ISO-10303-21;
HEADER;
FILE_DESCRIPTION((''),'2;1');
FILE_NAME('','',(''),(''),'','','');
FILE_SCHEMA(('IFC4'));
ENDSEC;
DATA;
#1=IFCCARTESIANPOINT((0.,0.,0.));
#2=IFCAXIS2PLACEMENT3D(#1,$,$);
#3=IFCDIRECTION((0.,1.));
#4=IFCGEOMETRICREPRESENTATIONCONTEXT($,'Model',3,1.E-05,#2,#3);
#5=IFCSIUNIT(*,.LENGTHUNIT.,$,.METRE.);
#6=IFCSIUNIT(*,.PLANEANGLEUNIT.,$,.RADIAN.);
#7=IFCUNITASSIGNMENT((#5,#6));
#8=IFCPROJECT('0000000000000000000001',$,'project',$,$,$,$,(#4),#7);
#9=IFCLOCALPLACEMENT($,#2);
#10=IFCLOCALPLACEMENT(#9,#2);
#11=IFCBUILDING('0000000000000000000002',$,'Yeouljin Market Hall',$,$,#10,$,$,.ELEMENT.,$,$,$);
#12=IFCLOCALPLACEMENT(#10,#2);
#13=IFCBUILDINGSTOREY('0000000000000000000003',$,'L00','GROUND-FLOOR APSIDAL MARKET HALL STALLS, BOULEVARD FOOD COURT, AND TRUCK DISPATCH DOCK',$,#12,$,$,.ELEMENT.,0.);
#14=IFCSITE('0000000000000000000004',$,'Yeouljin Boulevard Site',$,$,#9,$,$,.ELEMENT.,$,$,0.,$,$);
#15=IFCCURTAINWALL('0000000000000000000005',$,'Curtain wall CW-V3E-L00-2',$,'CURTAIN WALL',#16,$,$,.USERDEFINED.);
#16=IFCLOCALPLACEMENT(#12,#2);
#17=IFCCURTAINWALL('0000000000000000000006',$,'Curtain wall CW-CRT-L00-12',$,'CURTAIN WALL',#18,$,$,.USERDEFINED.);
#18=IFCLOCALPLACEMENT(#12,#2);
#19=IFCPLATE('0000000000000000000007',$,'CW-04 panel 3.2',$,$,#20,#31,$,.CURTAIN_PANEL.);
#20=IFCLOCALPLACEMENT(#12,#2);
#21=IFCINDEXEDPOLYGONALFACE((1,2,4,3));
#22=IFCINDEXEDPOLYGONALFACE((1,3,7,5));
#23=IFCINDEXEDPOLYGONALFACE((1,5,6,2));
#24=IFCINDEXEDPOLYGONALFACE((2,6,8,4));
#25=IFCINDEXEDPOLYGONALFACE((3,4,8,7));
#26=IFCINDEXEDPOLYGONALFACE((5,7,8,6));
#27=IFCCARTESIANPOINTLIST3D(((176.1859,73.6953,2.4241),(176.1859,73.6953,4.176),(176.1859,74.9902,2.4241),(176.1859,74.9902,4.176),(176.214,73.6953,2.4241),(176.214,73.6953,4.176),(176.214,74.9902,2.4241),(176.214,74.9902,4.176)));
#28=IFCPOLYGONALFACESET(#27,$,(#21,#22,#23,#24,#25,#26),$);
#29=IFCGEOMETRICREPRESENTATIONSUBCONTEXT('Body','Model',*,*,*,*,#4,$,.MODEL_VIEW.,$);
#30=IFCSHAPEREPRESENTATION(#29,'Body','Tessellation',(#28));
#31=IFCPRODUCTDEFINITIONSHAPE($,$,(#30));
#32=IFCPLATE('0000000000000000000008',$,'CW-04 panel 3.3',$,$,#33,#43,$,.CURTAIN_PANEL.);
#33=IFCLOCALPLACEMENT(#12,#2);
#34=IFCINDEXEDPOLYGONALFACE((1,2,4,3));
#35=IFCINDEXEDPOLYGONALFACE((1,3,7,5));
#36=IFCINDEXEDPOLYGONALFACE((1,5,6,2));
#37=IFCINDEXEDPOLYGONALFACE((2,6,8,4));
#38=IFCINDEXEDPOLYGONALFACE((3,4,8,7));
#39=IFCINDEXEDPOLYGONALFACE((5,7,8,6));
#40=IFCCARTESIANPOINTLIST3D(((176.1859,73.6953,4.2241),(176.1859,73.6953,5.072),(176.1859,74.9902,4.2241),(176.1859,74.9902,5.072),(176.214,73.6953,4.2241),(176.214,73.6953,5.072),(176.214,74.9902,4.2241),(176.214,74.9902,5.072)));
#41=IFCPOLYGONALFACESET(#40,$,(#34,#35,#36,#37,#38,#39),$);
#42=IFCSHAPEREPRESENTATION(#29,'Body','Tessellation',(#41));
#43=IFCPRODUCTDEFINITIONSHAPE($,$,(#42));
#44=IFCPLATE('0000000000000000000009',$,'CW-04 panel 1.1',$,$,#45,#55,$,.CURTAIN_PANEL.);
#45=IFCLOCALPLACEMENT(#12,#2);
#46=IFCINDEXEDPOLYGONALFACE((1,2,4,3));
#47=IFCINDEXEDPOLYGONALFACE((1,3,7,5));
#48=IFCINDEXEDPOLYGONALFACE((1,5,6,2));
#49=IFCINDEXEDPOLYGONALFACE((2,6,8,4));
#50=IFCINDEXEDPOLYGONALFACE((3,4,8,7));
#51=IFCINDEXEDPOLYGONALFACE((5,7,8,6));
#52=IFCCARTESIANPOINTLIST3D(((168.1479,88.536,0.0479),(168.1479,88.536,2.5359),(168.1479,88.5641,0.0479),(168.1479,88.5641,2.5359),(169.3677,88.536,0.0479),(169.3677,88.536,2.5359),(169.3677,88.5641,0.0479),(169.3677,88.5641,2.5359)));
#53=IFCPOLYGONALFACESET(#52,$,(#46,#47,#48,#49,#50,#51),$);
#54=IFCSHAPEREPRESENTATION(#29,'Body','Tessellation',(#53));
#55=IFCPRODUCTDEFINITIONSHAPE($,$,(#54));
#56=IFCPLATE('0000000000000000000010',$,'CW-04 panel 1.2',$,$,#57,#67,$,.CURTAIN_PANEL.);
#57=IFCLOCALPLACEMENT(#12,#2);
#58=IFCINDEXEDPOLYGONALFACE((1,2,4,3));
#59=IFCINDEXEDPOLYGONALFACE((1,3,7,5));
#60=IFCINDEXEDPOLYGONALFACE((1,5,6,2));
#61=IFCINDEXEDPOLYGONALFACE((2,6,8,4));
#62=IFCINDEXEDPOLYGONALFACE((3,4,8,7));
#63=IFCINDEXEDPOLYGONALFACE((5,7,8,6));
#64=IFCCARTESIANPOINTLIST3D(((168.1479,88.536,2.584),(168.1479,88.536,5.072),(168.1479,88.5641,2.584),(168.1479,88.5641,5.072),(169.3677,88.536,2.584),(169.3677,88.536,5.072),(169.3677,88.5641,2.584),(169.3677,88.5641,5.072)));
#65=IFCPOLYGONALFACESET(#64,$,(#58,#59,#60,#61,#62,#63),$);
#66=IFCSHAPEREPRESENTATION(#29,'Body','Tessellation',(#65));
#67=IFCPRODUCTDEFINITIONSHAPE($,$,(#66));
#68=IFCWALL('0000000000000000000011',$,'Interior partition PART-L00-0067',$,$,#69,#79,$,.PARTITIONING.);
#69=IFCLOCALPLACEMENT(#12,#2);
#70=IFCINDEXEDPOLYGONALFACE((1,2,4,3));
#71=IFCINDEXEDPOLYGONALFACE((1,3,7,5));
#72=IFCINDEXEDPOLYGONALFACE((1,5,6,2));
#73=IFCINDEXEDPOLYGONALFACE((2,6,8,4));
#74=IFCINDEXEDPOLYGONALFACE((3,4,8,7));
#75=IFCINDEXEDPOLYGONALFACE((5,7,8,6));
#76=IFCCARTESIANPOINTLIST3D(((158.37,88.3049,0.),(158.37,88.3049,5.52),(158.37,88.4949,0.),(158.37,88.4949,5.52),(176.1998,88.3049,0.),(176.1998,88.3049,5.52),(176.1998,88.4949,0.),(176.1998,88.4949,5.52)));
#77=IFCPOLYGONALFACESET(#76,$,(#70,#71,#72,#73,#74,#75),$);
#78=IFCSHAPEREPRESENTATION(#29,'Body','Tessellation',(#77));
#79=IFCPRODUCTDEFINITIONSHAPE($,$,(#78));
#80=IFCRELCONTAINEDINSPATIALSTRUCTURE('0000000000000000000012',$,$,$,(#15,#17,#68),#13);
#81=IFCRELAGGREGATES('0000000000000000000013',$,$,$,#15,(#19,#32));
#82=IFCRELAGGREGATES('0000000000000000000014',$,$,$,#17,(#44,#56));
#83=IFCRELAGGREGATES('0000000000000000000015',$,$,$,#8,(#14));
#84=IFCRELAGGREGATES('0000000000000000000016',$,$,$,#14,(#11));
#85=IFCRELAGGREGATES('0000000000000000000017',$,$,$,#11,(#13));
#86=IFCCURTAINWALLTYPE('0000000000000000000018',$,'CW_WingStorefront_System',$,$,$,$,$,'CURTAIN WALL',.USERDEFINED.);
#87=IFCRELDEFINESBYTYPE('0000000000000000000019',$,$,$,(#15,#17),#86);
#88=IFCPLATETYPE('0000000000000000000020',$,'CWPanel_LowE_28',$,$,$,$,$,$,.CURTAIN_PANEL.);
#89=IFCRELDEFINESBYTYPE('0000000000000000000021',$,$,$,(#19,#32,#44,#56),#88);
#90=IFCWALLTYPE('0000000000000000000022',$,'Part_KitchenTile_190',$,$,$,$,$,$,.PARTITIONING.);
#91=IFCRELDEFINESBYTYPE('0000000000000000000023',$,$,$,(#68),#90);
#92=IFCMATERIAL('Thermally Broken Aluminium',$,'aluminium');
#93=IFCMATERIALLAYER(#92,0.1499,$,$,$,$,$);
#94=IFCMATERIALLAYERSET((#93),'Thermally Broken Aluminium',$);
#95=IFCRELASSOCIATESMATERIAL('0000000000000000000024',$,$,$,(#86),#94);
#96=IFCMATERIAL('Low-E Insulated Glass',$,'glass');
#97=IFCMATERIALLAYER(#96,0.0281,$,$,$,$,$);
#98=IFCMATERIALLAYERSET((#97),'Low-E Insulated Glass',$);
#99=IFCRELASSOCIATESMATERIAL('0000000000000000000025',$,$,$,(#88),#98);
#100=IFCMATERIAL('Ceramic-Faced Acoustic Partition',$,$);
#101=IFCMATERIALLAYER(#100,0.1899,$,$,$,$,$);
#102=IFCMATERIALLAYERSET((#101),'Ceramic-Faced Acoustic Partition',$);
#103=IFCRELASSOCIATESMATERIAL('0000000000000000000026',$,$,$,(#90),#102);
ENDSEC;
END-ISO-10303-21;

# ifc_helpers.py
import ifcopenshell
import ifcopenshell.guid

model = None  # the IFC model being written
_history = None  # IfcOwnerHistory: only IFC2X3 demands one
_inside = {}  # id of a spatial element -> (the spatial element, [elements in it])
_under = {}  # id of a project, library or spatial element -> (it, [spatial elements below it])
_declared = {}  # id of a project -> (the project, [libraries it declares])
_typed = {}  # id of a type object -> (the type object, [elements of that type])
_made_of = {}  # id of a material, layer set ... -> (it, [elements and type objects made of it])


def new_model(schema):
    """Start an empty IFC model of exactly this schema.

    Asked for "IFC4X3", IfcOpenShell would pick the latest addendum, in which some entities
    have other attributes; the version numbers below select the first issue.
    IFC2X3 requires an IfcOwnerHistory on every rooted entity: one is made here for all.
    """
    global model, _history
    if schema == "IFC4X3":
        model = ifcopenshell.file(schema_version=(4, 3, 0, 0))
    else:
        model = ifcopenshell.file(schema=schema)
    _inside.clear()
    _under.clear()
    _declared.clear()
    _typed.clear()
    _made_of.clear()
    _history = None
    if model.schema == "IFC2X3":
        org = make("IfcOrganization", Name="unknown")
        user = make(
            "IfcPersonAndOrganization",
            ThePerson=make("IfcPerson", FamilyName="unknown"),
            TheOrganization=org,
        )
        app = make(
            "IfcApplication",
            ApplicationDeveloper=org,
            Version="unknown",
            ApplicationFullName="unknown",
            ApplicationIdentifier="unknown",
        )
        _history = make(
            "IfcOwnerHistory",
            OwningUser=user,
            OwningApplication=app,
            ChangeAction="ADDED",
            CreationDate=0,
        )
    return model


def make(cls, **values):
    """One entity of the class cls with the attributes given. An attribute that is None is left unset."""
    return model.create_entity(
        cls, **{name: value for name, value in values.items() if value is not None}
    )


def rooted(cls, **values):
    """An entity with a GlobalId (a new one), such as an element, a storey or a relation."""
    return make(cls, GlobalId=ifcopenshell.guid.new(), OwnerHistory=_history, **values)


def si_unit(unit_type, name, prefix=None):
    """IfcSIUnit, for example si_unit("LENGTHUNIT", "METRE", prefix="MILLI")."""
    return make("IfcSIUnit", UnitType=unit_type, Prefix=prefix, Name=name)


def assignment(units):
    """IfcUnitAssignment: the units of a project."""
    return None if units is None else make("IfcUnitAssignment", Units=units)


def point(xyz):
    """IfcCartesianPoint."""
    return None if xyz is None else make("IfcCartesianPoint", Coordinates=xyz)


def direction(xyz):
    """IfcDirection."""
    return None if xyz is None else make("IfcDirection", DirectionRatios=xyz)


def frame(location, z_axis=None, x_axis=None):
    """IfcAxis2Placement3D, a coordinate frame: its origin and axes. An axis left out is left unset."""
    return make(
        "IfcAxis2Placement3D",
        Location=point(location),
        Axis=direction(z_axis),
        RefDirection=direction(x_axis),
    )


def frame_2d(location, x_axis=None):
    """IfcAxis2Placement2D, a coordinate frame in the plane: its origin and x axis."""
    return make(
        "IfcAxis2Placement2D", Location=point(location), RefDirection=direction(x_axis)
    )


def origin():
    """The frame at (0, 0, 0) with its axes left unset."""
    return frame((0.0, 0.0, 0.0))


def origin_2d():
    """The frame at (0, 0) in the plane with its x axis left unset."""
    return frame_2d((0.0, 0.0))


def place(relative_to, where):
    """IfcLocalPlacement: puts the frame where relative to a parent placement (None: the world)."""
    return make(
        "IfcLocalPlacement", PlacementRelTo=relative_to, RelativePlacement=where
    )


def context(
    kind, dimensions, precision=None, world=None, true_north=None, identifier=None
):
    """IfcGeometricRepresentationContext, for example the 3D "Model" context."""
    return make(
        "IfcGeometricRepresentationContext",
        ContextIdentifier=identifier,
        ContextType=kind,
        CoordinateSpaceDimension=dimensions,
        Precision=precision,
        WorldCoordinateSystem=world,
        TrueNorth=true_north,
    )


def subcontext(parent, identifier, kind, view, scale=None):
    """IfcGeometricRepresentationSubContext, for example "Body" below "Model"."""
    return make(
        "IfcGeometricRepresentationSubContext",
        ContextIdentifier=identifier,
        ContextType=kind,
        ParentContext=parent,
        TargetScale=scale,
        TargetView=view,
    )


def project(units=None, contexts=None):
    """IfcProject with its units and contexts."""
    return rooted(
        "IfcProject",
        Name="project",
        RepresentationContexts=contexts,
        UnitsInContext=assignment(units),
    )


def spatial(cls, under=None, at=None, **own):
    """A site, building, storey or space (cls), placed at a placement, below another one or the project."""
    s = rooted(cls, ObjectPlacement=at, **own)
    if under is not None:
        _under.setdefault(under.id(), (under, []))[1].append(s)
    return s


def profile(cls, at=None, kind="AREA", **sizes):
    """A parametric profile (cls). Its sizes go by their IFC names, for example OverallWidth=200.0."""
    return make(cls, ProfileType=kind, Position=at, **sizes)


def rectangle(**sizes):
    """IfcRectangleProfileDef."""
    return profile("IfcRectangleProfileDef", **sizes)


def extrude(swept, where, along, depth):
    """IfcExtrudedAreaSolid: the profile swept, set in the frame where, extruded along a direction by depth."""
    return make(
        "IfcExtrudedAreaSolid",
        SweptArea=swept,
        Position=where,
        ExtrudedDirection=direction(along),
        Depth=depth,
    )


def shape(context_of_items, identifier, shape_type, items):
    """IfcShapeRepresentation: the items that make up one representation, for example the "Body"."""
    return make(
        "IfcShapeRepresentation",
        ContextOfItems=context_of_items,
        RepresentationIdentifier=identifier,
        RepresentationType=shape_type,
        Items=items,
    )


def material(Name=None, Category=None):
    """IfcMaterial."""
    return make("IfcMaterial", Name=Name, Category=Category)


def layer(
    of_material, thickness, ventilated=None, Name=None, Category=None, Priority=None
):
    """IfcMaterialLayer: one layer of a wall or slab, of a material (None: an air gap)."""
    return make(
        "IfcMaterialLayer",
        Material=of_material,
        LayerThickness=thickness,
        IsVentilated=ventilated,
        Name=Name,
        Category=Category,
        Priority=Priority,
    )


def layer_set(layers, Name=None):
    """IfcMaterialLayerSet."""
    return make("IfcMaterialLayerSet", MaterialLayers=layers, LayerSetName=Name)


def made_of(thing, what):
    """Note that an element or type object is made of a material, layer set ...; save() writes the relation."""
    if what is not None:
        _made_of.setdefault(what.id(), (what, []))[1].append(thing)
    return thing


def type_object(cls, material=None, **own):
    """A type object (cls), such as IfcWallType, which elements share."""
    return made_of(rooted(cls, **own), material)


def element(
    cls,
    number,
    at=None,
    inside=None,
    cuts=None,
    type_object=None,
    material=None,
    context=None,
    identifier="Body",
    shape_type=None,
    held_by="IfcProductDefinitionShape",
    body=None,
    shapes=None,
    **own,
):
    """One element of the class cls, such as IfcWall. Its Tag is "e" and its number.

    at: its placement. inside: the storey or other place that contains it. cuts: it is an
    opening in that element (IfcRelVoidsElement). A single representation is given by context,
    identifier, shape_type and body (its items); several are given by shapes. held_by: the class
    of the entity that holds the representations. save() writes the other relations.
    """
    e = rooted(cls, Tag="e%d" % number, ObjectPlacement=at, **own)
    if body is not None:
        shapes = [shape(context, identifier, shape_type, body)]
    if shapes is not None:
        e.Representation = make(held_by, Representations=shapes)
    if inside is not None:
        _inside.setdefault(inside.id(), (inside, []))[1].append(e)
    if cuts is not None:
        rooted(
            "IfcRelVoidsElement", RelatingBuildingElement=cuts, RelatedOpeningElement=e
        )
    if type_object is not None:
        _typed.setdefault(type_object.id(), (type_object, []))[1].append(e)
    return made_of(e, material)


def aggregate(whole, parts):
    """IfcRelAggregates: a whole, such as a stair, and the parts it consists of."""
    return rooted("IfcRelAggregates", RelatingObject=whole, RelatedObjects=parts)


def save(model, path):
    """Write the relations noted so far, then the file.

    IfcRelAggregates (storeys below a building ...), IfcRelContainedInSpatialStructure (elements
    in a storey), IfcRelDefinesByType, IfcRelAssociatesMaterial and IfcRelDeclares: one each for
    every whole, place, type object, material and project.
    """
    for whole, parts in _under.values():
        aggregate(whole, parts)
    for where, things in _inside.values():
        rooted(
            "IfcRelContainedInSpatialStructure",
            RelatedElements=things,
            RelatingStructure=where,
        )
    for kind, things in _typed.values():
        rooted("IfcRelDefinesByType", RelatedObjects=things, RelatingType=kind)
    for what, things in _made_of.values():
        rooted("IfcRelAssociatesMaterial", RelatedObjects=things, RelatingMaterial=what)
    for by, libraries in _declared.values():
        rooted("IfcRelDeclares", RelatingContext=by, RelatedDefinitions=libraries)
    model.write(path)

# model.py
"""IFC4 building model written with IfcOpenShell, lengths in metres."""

from ifc_helpers import new_model, si_unit, direction, frame, frame_2d, origin, origin_2d, place, context, subcontext, project, spatial, rectangle, extrude, material, layer, layer_set, type_object, element, aggregate, save


model = new_model("IFC4")

# Units and contexts
model_context = context("Model", 3, precision=1e-05, world=origin(), true_north=direction((0.0, 1.0)))
body_context = subcontext(model_context, "Body", "Model", "MODEL_VIEW")
ifc_project = project(units=[si_unit("LENGTHUNIT", "METRE"), si_unit("PLANEANGLEUNIT", "RADIAN")], contexts=[model_context])

# Site, building, storey
site_placement = place(None, origin())
site = spatial("IfcSite", under=ifc_project, at=site_placement, Name="Yeouljin Boulevard Site", CompositionType="ELEMENT", RefElevation=0.0)
building_placement = place(site_placement, origin())
building = spatial("IfcBuilding", under=site, at=building_placement, Name="Yeouljin Market Hall", CompositionType="ELEMENT")
storey_placement = place(building_placement, origin())
storey = spatial("IfcBuildingStorey", under=building, at=storey_placement, Name="L00", Description="GROUND-FLOOR APSIDAL MARKET HALL STALLS, BOULEVARD FOOD COURT, AND TRUCK DISPATCH DOCK", CompositionType="ELEMENT", Elevation=0.0)

# Curtain wall
ifc_material_1 = material(Name="Thermally Broken Aluminium", Category="aluminium")
ifc_layer_1 = layer(ifc_material_1, 0.1499)
ifc_layer_set_1 = layer_set([ifc_layer_1], Name="Thermally Broken Aluminium")
curtain_wall_type = type_object("IfcCurtainWallType", Name="CW_WingStorefront_System", ElementType="CURTAIN WALL", PredefinedType="USERDEFINED", material=ifc_layer_set_1)
curtain_wall_1_placement = place(storey_placement, origin())
curtain_wall_1 = element("IfcCurtainWall", 1, at=curtain_wall_1_placement, inside=storey, type_object=curtain_wall_type, Name="Curtain wall CW-V3E-L00-2", ObjectType="CURTAIN WALL", PredefinedType="USERDEFINED")

# Curtain wall
curtain_wall_2_placement = place(storey_placement, origin())
curtain_wall_2 = element("IfcCurtainWall", 2, at=curtain_wall_2_placement, inside=storey, type_object=curtain_wall_type, Name="Curtain wall CW-CRT-L00-12", ObjectType="CURTAIN WALL", PredefinedType="USERDEFINED")

# Plates
ifc_material_2 = material(Name="Low-E Insulated Glass", Category="glass")
ifc_layer_2 = layer(ifc_material_2, 0.0281)
ifc_layer_set_2 = layer_set([ifc_layer_2], Name="Low-E Insulated Glass")
plate_type = type_object("IfcPlateType", Name="CWPanel_LowE_28", PredefinedType="CURTAIN_PANEL", material=ifc_layer_set_2)
plate_1_placement = place(storey_placement, frame((176.2, 74.3428, 2.4241), z_axis=(0.0, 0.0, 1.0), x_axis=(0.0, -1.0, 0.0)))
plate_1 = element("IfcPlate", 3, at=plate_1_placement, type_object=plate_type, Name="CW-04 panel 3.2", PredefinedType="CURTAIN_PANEL", context=body_context, shape_type="SweptSolid", body=[
    extrude(rectangle(XDim=1.2949, YDim=0.0281, at=origin_2d()), origin(), (0.0, 0.0, 1.0), 1.752),
])
plate_2_placement = place(storey_placement, frame((176.2, 74.3428, 4.2241), z_axis=(0.0, 0.0, 1.0), x_axis=(0.0, -1.0, 0.0)))
plate_2 = element("IfcPlate", 4, at=plate_2_placement, type_object=plate_type, Name="CW-04 panel 3.3", PredefinedType="CURTAIN_PANEL", context=body_context, shape_type="SweptSolid", body=[
    extrude(rectangle(XDim=1.2949, YDim=0.0281, at=origin_2d()), origin(), (0.0, 0.0, 1.0), 0.8479),
])
aggregate(curtain_wall_1, [plate_1, plate_2])
plate_3_placement = place(storey_placement, frame((168.7578, 88.55, 0.0479), z_axis=(0.0, 0.0, 1.0), x_axis=(1.0, 0.0, 0.0)))
plate_3 = element("IfcPlate", 5, at=plate_3_placement, type_object=plate_type, Name="CW-04 panel 1.1", PredefinedType="CURTAIN_PANEL", context=body_context, shape_type="SweptSolid", body=[
    extrude(rectangle(XDim=1.2197, YDim=0.0281, at=origin_2d()), origin(), (0.0, 0.0, 1.0), 2.488),
])
plate_4_placement = place(storey_placement, frame((168.7578, 88.55, 2.584), z_axis=(0.0, 0.0, 1.0), x_axis=(1.0, 0.0, 0.0)))
plate_4 = element("IfcPlate", 6, at=plate_4_placement, type_object=plate_type, Name="CW-04 panel 1.2", PredefinedType="CURTAIN_PANEL", context=body_context, shape_type="SweptSolid", body=[
    extrude(rectangle(XDim=1.2197, YDim=0.0281, at=origin_2d()), origin(), (0.0, 0.0, 1.0), 2.488),
])
aggregate(curtain_wall_2, [plate_3, plate_4])

# Wall
ifc_material_3 = material(Name="Ceramic-Faced Acoustic Partition")
ifc_layer_3 = layer(ifc_material_3, 0.1899)
ifc_layer_set_3 = layer_set([ifc_layer_3], Name="Ceramic-Faced Acoustic Partition")
wall_type = type_object("IfcWallType", Name="Part_KitchenTile_190", PredefinedType="PARTITIONING", material=ifc_layer_set_3)
wall_placement = place(storey_placement, frame((176.2, 88.3999, 0.0), z_axis=(0.0, 0.0, 1.0), x_axis=(-1.0, 0.0, 0.0)))
element("IfcWall", 7, at=wall_placement, inside=storey, type_object=wall_type, Name="Interior partition PART-L00-0067", PredefinedType="PARTITIONING", context=body_context, shape_type="SweptSolid", body=[
    extrude(rectangle(XDim=17.8298, YDim=0.1899, at=frame_2d((8.915, 0.0))), origin(), (0.0, 0.0, 1.0), 5.52),
])

save(model, "model.ifc")
